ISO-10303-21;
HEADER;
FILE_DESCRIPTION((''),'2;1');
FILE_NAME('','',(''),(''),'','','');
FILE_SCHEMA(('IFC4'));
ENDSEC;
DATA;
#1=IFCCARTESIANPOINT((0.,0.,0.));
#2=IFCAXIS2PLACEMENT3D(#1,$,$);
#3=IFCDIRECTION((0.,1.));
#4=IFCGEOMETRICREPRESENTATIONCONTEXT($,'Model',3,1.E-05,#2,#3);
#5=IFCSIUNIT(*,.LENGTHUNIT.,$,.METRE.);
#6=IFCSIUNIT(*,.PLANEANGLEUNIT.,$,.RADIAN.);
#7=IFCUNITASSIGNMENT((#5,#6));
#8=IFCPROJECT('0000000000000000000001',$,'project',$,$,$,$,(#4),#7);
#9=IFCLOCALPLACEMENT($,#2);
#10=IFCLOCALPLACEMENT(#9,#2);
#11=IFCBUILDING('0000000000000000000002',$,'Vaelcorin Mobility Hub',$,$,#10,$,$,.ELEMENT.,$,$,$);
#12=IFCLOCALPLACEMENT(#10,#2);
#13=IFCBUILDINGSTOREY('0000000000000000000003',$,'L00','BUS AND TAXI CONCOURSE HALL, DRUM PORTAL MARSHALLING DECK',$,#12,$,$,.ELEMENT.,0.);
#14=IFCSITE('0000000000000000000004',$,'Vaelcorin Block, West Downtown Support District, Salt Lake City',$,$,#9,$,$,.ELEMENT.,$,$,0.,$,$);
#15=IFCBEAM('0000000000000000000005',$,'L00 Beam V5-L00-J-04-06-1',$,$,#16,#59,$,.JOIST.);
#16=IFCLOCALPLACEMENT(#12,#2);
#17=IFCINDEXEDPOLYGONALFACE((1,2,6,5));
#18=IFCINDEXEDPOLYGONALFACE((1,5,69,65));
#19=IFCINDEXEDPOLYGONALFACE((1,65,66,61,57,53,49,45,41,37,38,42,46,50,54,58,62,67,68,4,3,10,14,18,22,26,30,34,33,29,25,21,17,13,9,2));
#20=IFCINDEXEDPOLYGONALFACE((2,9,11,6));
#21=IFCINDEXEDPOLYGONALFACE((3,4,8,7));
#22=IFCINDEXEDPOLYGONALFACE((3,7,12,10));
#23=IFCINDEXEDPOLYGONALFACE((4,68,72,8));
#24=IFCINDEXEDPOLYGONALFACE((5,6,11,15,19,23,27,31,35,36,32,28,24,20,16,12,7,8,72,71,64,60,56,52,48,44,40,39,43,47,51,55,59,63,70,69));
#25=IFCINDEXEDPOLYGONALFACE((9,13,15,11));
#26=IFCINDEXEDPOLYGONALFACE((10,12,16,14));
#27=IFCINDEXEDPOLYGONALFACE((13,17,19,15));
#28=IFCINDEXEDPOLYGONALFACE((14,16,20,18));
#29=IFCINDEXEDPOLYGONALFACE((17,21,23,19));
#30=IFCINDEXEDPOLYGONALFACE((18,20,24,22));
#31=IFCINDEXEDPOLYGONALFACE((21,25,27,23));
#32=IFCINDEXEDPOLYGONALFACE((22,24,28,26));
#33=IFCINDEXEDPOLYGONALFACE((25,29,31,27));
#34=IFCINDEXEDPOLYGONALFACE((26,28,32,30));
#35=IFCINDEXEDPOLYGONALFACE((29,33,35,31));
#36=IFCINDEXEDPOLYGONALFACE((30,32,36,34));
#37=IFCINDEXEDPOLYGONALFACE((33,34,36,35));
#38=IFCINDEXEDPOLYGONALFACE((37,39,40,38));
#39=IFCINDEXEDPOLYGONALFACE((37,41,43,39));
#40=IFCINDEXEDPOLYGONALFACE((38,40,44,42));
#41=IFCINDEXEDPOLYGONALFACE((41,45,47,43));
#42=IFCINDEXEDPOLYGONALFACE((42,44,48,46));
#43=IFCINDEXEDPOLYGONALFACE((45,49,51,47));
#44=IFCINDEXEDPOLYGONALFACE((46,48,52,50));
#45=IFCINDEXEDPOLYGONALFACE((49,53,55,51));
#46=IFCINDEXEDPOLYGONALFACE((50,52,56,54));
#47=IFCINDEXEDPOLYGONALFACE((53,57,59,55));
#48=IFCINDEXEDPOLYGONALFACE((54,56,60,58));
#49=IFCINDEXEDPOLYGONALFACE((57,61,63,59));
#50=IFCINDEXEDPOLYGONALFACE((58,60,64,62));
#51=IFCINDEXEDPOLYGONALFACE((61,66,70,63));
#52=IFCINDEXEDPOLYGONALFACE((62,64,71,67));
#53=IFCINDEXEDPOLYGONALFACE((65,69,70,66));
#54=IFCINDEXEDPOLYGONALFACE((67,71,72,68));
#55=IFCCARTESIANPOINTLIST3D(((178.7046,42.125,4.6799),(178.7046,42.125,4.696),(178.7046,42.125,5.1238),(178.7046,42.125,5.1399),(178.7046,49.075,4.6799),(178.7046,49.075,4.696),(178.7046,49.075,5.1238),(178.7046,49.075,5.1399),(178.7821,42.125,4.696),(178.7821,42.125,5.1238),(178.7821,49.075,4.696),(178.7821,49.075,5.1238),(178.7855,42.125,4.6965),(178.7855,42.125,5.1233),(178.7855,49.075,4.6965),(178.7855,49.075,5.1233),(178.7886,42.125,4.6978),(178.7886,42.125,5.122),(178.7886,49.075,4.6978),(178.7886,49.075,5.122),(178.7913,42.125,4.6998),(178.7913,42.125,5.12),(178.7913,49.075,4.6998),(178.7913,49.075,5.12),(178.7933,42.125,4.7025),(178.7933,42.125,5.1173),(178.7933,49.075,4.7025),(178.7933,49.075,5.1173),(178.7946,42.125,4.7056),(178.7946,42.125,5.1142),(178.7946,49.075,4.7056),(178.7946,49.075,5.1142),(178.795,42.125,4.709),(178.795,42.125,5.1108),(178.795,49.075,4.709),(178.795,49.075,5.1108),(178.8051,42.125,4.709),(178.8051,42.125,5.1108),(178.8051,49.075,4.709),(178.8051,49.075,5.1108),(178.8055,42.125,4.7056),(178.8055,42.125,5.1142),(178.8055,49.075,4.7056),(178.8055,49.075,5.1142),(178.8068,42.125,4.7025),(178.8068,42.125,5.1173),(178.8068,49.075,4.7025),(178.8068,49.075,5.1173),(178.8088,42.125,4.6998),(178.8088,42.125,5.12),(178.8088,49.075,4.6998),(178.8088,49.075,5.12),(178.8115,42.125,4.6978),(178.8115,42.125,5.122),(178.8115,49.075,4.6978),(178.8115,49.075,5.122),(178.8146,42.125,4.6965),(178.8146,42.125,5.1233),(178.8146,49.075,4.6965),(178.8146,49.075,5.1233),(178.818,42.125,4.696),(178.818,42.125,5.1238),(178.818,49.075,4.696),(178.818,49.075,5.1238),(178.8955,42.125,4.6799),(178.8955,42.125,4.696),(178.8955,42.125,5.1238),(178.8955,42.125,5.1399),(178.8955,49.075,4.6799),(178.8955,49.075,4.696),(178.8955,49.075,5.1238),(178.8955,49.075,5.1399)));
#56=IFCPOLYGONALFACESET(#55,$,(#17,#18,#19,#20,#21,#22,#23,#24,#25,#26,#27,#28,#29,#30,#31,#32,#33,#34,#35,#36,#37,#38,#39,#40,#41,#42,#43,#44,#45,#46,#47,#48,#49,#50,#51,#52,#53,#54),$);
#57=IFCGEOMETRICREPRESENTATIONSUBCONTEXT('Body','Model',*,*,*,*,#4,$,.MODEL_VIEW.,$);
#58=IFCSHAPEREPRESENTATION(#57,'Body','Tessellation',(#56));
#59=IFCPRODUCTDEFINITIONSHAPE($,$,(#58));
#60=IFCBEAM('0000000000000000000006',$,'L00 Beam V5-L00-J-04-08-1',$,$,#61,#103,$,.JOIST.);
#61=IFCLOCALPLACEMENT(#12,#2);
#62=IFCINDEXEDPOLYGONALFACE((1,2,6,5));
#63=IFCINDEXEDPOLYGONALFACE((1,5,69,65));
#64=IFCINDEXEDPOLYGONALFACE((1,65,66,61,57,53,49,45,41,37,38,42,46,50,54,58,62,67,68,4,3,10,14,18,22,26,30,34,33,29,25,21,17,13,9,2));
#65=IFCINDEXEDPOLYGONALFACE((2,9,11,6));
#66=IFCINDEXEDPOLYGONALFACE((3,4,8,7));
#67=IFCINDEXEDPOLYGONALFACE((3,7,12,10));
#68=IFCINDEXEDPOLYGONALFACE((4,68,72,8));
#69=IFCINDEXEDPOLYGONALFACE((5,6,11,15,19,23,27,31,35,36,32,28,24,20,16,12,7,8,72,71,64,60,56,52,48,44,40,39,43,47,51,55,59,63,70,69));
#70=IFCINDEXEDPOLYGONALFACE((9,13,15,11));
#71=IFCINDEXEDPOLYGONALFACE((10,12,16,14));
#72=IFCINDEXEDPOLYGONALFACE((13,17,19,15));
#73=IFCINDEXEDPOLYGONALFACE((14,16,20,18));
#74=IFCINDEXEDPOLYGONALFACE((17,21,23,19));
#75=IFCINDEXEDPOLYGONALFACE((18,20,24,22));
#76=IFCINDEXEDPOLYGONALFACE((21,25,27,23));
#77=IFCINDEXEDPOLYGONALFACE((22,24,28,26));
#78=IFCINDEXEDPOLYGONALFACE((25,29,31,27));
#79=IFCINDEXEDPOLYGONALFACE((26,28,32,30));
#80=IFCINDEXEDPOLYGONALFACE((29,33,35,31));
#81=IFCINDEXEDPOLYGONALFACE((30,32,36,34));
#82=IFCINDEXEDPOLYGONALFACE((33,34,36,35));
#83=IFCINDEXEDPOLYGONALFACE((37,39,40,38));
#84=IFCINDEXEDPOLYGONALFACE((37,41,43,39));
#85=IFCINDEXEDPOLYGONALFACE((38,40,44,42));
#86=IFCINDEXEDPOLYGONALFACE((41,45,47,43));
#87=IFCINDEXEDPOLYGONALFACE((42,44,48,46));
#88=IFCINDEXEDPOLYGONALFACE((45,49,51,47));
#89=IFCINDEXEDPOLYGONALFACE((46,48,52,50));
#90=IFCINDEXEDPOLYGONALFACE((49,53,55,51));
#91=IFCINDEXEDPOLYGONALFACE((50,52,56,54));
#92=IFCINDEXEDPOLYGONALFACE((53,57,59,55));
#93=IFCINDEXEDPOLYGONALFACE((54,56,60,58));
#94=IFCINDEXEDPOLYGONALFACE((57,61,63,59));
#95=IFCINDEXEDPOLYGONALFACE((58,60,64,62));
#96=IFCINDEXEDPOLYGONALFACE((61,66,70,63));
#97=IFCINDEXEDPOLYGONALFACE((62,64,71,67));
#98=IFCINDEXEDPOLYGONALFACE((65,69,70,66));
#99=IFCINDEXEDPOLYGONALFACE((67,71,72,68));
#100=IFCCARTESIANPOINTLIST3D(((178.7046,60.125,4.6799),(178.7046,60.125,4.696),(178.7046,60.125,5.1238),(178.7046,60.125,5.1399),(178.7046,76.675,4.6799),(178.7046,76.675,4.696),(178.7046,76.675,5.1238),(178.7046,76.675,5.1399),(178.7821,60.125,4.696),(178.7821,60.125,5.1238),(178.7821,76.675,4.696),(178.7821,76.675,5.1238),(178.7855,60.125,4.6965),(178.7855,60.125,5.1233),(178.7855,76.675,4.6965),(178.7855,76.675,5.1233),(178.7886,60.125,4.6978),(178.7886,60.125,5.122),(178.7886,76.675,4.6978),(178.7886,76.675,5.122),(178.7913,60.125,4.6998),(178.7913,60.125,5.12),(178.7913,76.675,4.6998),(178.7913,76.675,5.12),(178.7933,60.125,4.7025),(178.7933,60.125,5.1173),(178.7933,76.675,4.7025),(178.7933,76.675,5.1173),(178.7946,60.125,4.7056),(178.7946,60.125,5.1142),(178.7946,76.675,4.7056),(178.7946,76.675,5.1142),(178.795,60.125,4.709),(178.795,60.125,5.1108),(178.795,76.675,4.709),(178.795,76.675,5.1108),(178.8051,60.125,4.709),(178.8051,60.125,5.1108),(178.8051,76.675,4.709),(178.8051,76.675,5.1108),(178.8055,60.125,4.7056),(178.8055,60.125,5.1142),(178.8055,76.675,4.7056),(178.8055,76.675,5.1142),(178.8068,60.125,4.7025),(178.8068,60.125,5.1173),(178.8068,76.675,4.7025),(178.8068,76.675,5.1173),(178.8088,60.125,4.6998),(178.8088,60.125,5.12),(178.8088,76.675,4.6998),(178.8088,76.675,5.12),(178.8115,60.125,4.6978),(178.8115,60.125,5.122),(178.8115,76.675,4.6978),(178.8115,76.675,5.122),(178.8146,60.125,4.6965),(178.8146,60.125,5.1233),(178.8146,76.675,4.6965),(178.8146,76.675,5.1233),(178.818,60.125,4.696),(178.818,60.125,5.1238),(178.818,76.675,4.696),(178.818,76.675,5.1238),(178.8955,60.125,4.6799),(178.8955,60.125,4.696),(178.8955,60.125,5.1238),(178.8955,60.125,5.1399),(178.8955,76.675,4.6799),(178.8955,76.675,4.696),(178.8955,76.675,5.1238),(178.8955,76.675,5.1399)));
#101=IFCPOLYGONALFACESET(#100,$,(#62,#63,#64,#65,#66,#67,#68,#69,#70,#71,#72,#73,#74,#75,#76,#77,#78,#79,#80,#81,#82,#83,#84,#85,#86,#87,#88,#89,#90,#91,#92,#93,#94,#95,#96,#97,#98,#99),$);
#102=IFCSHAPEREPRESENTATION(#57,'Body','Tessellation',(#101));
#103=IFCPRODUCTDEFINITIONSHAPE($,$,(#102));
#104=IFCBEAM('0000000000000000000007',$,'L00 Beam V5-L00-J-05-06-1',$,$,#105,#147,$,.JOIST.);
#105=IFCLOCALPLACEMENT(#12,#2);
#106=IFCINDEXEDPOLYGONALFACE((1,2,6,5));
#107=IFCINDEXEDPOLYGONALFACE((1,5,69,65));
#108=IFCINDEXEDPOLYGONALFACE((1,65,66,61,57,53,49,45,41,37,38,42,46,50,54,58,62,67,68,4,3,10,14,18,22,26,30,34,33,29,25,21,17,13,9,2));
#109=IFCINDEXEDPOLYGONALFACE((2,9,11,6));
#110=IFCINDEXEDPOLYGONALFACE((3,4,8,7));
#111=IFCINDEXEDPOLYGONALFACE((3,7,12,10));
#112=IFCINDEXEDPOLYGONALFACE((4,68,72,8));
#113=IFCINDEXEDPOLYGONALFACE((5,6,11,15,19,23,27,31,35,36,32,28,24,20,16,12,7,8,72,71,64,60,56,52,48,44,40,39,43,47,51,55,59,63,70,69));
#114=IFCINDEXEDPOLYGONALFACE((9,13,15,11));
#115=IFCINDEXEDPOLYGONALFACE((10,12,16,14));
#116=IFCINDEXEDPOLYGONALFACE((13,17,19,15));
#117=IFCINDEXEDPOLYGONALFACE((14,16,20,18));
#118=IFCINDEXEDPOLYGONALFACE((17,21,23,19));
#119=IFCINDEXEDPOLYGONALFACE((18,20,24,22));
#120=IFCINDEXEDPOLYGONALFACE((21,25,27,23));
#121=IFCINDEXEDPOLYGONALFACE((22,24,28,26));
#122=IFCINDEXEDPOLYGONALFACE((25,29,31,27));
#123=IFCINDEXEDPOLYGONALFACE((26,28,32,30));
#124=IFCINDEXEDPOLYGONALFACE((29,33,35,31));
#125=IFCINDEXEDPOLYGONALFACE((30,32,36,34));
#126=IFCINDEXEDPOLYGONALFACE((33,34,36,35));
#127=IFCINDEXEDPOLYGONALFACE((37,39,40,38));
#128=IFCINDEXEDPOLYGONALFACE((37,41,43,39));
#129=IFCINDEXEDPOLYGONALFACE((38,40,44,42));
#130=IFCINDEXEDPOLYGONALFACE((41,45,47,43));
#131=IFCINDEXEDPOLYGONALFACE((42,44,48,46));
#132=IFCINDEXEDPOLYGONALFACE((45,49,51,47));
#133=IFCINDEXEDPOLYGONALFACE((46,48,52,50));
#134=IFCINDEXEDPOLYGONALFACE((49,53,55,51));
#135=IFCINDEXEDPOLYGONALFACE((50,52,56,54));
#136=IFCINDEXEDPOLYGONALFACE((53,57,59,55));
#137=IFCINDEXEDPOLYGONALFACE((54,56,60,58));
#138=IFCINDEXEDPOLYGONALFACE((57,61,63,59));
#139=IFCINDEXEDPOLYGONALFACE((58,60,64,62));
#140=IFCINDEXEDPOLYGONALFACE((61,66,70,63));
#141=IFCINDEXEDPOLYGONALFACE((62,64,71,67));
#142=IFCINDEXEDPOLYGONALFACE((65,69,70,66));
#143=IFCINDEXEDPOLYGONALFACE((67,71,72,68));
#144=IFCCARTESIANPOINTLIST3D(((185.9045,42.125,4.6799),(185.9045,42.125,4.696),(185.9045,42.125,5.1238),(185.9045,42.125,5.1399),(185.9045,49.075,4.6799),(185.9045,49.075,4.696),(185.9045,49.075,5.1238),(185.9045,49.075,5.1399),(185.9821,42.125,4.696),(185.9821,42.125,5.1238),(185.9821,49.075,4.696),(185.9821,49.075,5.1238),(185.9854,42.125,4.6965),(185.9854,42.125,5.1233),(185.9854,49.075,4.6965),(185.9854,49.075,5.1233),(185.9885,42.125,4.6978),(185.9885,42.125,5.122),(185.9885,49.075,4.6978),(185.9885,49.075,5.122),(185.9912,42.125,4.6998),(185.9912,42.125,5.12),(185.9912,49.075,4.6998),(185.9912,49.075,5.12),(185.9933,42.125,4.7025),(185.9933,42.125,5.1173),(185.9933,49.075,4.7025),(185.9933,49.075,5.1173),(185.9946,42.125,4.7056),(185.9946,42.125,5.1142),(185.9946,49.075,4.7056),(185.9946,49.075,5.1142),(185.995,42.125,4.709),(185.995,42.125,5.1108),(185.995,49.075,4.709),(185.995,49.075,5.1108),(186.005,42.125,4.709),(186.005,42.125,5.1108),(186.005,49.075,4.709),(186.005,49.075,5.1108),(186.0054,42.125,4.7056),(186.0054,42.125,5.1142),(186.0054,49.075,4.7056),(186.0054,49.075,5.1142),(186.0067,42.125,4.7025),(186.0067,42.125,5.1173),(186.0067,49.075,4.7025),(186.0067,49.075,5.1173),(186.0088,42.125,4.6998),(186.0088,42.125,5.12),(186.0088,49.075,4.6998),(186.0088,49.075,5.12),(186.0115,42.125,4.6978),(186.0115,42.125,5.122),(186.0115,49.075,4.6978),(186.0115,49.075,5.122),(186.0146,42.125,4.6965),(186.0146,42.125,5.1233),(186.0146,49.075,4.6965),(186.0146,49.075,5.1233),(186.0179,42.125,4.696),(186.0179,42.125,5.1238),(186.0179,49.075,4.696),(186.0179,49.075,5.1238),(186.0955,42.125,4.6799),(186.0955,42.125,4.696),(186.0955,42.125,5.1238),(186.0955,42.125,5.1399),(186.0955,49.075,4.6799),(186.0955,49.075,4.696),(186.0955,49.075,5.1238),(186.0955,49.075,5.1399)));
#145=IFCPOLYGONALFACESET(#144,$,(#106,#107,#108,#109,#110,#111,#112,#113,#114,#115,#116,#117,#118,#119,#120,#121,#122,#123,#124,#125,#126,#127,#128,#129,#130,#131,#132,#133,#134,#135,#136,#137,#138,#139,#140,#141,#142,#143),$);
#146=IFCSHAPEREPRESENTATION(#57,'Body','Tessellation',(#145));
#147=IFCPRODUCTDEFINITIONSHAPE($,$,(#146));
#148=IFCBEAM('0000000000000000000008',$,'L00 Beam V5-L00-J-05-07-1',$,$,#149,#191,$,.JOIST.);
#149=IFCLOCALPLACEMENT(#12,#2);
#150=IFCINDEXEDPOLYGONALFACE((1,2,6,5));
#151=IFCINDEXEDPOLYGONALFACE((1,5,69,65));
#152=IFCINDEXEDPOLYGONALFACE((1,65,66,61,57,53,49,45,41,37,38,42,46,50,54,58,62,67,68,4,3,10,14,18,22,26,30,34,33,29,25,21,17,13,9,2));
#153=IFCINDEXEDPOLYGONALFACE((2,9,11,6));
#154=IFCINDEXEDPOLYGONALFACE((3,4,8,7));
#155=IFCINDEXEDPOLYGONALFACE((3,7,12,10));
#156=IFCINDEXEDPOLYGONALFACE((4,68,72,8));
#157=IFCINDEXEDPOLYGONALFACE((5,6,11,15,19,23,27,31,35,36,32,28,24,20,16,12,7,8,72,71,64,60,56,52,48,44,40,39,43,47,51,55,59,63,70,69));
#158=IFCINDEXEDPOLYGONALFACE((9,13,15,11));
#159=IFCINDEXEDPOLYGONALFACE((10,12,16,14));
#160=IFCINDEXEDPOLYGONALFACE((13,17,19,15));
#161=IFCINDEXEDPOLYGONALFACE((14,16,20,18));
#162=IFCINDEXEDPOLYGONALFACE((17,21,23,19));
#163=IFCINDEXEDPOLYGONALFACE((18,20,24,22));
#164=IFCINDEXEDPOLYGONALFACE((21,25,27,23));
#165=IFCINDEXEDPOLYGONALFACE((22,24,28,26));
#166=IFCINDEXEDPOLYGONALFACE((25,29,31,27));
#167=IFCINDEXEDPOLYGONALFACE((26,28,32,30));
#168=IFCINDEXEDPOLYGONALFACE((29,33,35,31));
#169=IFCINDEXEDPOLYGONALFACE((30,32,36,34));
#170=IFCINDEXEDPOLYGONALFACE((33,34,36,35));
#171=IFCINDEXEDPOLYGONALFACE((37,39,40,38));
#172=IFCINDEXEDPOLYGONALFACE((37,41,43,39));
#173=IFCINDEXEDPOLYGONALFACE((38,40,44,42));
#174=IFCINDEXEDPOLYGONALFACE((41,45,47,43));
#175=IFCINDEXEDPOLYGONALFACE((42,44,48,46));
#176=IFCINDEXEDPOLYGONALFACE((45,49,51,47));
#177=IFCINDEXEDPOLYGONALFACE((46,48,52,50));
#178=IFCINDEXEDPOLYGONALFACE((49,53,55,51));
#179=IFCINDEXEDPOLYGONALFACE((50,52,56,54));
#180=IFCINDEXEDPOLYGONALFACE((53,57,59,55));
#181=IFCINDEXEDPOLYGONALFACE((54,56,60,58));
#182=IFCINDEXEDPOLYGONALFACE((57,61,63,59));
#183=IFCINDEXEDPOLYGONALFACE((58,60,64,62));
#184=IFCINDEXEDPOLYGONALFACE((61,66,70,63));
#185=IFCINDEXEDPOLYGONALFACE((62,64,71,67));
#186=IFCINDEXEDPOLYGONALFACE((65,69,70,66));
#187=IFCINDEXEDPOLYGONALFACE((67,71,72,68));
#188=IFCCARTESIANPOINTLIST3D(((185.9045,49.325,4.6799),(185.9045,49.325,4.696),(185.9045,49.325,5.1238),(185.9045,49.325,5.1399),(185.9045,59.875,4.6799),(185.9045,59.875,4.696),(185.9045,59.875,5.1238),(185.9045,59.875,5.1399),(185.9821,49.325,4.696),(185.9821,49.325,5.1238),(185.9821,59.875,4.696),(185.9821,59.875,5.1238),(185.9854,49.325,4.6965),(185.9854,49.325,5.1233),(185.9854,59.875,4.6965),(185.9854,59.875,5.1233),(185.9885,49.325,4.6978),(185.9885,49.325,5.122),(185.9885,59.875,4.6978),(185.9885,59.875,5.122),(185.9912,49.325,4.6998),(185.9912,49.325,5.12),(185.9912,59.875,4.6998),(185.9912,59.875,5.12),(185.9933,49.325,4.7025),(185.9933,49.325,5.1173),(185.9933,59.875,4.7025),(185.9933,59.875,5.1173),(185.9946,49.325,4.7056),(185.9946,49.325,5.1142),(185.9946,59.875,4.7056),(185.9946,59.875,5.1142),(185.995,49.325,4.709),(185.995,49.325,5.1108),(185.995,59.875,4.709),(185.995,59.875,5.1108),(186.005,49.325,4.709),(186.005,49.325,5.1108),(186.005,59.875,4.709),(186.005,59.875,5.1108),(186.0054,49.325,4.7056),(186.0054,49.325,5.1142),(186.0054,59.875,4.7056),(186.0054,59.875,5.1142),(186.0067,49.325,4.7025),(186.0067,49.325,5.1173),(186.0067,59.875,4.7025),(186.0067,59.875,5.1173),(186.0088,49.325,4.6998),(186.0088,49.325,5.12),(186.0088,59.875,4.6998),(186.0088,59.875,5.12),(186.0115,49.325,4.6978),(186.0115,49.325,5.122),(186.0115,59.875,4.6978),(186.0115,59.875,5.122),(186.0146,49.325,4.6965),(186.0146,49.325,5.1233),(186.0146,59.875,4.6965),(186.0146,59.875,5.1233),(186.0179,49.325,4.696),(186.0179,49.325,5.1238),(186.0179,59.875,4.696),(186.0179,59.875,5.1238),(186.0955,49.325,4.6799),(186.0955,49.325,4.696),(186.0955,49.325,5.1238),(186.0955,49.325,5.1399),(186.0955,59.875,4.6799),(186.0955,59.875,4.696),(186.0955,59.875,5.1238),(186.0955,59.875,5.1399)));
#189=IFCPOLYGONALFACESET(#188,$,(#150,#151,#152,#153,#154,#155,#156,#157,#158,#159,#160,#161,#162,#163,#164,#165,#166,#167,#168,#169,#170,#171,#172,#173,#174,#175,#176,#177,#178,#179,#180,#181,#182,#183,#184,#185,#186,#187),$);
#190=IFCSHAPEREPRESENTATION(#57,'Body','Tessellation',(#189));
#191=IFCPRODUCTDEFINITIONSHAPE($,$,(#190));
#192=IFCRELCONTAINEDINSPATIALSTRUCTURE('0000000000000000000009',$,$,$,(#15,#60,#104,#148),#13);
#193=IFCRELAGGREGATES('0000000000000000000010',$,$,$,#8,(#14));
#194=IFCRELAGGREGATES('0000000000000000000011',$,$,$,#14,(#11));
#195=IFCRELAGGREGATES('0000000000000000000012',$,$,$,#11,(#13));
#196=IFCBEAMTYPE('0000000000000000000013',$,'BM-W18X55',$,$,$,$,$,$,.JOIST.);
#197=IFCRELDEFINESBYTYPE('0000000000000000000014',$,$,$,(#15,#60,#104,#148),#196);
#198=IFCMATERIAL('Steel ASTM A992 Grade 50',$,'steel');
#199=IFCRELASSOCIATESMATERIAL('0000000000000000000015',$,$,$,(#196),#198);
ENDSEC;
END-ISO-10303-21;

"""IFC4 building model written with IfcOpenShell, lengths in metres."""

from ifc_helpers import new_model, si_unit, direction, frame, origin, origin_2d, place, context, subcontext, project, spatial, i_section, extrude, material, material_profile, profile_set, type_object, element, save


model = new_model("IFC4")

# Units and contexts
model_context = context("Model", 3, precision=1e-05, world=origin(), true_north=direction((0.0, 1.0)))
body_context = subcontext(model_context, "Body", "Model", "MODEL_VIEW")
ifc_project = project(units=[si_unit("LENGTHUNIT", "METRE"), si_unit("PLANEANGLEUNIT", "RADIAN")], contexts=[model_context])

# Site, building, storey
site_placement = place(None, origin())
site = spatial("IfcSite", under=ifc_project, at=site_placement, Name="Vaelcorin Block, West Downtown Support District, Salt Lake City", CompositionType="ELEMENT", RefElevation=0.0)
building_placement = place(site_placement, origin())
building = spatial("IfcBuilding", under=site, at=building_placement, Name="Vaelcorin Mobility Hub", CompositionType="ELEMENT")
storey_placement = place(building_placement, origin())
storey = spatial("IfcBuildingStorey", under=building, at=storey_placement, Name="L00", Description="BUS AND TAXI CONCOURSE HALL, DRUM PORTAL MARSHALLING DECK", CompositionType="ELEMENT", Elevation=0.0)

# Shared definitions
ifc_material = material(Name="Steel ASTM A992 Grade 50", Category="steel")

# Beams
ifc_material_profile_1 = material_profile(ifc_material, i_section(OverallWidth=0.1909, OverallDepth=0.46, WebThickness=0.01, FlangeThickness=0.0161, FilletRadius=0.0129, at=origin_2d()), Name="W18X55")
ifc_profile_set_1 = profile_set([ifc_material_profile_1], Name="Steel ASTM A992 Grade 50")
beam_type_1 = type_object("IfcBeamType", Name="BM-W18X55", PredefinedType="JOIST", material=ifc_profile_set_1)
beam_1_placement = place(storey_placement, frame((178.8, 42.125, 4.9099), z_axis=(0.0, 1.0, 0.0), x_axis=(-1.0, 0.0, 0.0)))
element("IfcBeam", 1, at=beam_1_placement, inside=storey, type_object=beam_type_1, Name="L00 Beam V5-L00-J-04-06-1", PredefinedType="JOIST", context=body_context, shape_type="SweptSolid", body=[
    extrude(i_section(OverallWidth=0.1909, OverallDepth=0.46, WebThickness=0.01, FlangeThickness=0.0161, FilletRadius=0.0129, at=origin_2d()), origin(), (0.0, 0.0, 1.0), 6.95),
])
beam_2_placement = place(storey_placement, frame((178.8, 60.125, 4.9099), z_axis=(0.0, 1.0, 0.0), x_axis=(-1.0, 0.0, 0.0)))
element("IfcBeam", 2, at=beam_2_placement, inside=storey, type_object=beam_type_1, Name="L00 Beam V5-L00-J-04-08-1", PredefinedType="JOIST", context=body_context, shape_type="SweptSolid", body=[
    extrude(i_section(OverallWidth=0.1909, OverallDepth=0.46, WebThickness=0.01, FlangeThickness=0.0161, FilletRadius=0.0129, at=origin_2d()), origin(), (0.0, 0.0, 1.0), 16.55),
])
beam_3_placement = place(storey_placement, frame((186.0, 42.125, 4.9099), z_axis=(0.0, 1.0, 0.0), x_axis=(-1.0, 0.0, 0.0)))
element("IfcBeam", 3, at=beam_3_placement, inside=storey, type_object=beam_type_1, Name="L00 Beam V5-L00-J-05-06-1", PredefinedType="JOIST", context=body_context, shape_type="SweptSolid", body=[
    extrude(i_section(OverallWidth=0.1909, OverallDepth=0.46, WebThickness=0.01, FlangeThickness=0.0161, FilletRadius=0.0129, at=origin_2d()), origin(), (0.0, 0.0, 1.0), 6.95),
])
beam_4_placement = place(storey_placement, frame((186.0, 49.325, 4.9099), z_axis=(0.0, 1.0, 0.0), x_axis=(-1.0, 0.0, 0.0)))
element("IfcBeam", 4, at=beam_4_placement, inside=storey, type_object=beam_type_1, Name="L00 Beam V5-L00-J-05-07-1", PredefinedType="JOIST", context=body_context, shape_type="SweptSolid", body=[
    extrude(i_section(OverallWidth=0.1909, OverallDepth=0.46, WebThickness=0.01, FlangeThickness=0.0161, FilletRadius=0.0129, at=origin_2d()), origin(), (0.0, 0.0, 1.0), 10.55),
])

save(model, "model.ifc")
